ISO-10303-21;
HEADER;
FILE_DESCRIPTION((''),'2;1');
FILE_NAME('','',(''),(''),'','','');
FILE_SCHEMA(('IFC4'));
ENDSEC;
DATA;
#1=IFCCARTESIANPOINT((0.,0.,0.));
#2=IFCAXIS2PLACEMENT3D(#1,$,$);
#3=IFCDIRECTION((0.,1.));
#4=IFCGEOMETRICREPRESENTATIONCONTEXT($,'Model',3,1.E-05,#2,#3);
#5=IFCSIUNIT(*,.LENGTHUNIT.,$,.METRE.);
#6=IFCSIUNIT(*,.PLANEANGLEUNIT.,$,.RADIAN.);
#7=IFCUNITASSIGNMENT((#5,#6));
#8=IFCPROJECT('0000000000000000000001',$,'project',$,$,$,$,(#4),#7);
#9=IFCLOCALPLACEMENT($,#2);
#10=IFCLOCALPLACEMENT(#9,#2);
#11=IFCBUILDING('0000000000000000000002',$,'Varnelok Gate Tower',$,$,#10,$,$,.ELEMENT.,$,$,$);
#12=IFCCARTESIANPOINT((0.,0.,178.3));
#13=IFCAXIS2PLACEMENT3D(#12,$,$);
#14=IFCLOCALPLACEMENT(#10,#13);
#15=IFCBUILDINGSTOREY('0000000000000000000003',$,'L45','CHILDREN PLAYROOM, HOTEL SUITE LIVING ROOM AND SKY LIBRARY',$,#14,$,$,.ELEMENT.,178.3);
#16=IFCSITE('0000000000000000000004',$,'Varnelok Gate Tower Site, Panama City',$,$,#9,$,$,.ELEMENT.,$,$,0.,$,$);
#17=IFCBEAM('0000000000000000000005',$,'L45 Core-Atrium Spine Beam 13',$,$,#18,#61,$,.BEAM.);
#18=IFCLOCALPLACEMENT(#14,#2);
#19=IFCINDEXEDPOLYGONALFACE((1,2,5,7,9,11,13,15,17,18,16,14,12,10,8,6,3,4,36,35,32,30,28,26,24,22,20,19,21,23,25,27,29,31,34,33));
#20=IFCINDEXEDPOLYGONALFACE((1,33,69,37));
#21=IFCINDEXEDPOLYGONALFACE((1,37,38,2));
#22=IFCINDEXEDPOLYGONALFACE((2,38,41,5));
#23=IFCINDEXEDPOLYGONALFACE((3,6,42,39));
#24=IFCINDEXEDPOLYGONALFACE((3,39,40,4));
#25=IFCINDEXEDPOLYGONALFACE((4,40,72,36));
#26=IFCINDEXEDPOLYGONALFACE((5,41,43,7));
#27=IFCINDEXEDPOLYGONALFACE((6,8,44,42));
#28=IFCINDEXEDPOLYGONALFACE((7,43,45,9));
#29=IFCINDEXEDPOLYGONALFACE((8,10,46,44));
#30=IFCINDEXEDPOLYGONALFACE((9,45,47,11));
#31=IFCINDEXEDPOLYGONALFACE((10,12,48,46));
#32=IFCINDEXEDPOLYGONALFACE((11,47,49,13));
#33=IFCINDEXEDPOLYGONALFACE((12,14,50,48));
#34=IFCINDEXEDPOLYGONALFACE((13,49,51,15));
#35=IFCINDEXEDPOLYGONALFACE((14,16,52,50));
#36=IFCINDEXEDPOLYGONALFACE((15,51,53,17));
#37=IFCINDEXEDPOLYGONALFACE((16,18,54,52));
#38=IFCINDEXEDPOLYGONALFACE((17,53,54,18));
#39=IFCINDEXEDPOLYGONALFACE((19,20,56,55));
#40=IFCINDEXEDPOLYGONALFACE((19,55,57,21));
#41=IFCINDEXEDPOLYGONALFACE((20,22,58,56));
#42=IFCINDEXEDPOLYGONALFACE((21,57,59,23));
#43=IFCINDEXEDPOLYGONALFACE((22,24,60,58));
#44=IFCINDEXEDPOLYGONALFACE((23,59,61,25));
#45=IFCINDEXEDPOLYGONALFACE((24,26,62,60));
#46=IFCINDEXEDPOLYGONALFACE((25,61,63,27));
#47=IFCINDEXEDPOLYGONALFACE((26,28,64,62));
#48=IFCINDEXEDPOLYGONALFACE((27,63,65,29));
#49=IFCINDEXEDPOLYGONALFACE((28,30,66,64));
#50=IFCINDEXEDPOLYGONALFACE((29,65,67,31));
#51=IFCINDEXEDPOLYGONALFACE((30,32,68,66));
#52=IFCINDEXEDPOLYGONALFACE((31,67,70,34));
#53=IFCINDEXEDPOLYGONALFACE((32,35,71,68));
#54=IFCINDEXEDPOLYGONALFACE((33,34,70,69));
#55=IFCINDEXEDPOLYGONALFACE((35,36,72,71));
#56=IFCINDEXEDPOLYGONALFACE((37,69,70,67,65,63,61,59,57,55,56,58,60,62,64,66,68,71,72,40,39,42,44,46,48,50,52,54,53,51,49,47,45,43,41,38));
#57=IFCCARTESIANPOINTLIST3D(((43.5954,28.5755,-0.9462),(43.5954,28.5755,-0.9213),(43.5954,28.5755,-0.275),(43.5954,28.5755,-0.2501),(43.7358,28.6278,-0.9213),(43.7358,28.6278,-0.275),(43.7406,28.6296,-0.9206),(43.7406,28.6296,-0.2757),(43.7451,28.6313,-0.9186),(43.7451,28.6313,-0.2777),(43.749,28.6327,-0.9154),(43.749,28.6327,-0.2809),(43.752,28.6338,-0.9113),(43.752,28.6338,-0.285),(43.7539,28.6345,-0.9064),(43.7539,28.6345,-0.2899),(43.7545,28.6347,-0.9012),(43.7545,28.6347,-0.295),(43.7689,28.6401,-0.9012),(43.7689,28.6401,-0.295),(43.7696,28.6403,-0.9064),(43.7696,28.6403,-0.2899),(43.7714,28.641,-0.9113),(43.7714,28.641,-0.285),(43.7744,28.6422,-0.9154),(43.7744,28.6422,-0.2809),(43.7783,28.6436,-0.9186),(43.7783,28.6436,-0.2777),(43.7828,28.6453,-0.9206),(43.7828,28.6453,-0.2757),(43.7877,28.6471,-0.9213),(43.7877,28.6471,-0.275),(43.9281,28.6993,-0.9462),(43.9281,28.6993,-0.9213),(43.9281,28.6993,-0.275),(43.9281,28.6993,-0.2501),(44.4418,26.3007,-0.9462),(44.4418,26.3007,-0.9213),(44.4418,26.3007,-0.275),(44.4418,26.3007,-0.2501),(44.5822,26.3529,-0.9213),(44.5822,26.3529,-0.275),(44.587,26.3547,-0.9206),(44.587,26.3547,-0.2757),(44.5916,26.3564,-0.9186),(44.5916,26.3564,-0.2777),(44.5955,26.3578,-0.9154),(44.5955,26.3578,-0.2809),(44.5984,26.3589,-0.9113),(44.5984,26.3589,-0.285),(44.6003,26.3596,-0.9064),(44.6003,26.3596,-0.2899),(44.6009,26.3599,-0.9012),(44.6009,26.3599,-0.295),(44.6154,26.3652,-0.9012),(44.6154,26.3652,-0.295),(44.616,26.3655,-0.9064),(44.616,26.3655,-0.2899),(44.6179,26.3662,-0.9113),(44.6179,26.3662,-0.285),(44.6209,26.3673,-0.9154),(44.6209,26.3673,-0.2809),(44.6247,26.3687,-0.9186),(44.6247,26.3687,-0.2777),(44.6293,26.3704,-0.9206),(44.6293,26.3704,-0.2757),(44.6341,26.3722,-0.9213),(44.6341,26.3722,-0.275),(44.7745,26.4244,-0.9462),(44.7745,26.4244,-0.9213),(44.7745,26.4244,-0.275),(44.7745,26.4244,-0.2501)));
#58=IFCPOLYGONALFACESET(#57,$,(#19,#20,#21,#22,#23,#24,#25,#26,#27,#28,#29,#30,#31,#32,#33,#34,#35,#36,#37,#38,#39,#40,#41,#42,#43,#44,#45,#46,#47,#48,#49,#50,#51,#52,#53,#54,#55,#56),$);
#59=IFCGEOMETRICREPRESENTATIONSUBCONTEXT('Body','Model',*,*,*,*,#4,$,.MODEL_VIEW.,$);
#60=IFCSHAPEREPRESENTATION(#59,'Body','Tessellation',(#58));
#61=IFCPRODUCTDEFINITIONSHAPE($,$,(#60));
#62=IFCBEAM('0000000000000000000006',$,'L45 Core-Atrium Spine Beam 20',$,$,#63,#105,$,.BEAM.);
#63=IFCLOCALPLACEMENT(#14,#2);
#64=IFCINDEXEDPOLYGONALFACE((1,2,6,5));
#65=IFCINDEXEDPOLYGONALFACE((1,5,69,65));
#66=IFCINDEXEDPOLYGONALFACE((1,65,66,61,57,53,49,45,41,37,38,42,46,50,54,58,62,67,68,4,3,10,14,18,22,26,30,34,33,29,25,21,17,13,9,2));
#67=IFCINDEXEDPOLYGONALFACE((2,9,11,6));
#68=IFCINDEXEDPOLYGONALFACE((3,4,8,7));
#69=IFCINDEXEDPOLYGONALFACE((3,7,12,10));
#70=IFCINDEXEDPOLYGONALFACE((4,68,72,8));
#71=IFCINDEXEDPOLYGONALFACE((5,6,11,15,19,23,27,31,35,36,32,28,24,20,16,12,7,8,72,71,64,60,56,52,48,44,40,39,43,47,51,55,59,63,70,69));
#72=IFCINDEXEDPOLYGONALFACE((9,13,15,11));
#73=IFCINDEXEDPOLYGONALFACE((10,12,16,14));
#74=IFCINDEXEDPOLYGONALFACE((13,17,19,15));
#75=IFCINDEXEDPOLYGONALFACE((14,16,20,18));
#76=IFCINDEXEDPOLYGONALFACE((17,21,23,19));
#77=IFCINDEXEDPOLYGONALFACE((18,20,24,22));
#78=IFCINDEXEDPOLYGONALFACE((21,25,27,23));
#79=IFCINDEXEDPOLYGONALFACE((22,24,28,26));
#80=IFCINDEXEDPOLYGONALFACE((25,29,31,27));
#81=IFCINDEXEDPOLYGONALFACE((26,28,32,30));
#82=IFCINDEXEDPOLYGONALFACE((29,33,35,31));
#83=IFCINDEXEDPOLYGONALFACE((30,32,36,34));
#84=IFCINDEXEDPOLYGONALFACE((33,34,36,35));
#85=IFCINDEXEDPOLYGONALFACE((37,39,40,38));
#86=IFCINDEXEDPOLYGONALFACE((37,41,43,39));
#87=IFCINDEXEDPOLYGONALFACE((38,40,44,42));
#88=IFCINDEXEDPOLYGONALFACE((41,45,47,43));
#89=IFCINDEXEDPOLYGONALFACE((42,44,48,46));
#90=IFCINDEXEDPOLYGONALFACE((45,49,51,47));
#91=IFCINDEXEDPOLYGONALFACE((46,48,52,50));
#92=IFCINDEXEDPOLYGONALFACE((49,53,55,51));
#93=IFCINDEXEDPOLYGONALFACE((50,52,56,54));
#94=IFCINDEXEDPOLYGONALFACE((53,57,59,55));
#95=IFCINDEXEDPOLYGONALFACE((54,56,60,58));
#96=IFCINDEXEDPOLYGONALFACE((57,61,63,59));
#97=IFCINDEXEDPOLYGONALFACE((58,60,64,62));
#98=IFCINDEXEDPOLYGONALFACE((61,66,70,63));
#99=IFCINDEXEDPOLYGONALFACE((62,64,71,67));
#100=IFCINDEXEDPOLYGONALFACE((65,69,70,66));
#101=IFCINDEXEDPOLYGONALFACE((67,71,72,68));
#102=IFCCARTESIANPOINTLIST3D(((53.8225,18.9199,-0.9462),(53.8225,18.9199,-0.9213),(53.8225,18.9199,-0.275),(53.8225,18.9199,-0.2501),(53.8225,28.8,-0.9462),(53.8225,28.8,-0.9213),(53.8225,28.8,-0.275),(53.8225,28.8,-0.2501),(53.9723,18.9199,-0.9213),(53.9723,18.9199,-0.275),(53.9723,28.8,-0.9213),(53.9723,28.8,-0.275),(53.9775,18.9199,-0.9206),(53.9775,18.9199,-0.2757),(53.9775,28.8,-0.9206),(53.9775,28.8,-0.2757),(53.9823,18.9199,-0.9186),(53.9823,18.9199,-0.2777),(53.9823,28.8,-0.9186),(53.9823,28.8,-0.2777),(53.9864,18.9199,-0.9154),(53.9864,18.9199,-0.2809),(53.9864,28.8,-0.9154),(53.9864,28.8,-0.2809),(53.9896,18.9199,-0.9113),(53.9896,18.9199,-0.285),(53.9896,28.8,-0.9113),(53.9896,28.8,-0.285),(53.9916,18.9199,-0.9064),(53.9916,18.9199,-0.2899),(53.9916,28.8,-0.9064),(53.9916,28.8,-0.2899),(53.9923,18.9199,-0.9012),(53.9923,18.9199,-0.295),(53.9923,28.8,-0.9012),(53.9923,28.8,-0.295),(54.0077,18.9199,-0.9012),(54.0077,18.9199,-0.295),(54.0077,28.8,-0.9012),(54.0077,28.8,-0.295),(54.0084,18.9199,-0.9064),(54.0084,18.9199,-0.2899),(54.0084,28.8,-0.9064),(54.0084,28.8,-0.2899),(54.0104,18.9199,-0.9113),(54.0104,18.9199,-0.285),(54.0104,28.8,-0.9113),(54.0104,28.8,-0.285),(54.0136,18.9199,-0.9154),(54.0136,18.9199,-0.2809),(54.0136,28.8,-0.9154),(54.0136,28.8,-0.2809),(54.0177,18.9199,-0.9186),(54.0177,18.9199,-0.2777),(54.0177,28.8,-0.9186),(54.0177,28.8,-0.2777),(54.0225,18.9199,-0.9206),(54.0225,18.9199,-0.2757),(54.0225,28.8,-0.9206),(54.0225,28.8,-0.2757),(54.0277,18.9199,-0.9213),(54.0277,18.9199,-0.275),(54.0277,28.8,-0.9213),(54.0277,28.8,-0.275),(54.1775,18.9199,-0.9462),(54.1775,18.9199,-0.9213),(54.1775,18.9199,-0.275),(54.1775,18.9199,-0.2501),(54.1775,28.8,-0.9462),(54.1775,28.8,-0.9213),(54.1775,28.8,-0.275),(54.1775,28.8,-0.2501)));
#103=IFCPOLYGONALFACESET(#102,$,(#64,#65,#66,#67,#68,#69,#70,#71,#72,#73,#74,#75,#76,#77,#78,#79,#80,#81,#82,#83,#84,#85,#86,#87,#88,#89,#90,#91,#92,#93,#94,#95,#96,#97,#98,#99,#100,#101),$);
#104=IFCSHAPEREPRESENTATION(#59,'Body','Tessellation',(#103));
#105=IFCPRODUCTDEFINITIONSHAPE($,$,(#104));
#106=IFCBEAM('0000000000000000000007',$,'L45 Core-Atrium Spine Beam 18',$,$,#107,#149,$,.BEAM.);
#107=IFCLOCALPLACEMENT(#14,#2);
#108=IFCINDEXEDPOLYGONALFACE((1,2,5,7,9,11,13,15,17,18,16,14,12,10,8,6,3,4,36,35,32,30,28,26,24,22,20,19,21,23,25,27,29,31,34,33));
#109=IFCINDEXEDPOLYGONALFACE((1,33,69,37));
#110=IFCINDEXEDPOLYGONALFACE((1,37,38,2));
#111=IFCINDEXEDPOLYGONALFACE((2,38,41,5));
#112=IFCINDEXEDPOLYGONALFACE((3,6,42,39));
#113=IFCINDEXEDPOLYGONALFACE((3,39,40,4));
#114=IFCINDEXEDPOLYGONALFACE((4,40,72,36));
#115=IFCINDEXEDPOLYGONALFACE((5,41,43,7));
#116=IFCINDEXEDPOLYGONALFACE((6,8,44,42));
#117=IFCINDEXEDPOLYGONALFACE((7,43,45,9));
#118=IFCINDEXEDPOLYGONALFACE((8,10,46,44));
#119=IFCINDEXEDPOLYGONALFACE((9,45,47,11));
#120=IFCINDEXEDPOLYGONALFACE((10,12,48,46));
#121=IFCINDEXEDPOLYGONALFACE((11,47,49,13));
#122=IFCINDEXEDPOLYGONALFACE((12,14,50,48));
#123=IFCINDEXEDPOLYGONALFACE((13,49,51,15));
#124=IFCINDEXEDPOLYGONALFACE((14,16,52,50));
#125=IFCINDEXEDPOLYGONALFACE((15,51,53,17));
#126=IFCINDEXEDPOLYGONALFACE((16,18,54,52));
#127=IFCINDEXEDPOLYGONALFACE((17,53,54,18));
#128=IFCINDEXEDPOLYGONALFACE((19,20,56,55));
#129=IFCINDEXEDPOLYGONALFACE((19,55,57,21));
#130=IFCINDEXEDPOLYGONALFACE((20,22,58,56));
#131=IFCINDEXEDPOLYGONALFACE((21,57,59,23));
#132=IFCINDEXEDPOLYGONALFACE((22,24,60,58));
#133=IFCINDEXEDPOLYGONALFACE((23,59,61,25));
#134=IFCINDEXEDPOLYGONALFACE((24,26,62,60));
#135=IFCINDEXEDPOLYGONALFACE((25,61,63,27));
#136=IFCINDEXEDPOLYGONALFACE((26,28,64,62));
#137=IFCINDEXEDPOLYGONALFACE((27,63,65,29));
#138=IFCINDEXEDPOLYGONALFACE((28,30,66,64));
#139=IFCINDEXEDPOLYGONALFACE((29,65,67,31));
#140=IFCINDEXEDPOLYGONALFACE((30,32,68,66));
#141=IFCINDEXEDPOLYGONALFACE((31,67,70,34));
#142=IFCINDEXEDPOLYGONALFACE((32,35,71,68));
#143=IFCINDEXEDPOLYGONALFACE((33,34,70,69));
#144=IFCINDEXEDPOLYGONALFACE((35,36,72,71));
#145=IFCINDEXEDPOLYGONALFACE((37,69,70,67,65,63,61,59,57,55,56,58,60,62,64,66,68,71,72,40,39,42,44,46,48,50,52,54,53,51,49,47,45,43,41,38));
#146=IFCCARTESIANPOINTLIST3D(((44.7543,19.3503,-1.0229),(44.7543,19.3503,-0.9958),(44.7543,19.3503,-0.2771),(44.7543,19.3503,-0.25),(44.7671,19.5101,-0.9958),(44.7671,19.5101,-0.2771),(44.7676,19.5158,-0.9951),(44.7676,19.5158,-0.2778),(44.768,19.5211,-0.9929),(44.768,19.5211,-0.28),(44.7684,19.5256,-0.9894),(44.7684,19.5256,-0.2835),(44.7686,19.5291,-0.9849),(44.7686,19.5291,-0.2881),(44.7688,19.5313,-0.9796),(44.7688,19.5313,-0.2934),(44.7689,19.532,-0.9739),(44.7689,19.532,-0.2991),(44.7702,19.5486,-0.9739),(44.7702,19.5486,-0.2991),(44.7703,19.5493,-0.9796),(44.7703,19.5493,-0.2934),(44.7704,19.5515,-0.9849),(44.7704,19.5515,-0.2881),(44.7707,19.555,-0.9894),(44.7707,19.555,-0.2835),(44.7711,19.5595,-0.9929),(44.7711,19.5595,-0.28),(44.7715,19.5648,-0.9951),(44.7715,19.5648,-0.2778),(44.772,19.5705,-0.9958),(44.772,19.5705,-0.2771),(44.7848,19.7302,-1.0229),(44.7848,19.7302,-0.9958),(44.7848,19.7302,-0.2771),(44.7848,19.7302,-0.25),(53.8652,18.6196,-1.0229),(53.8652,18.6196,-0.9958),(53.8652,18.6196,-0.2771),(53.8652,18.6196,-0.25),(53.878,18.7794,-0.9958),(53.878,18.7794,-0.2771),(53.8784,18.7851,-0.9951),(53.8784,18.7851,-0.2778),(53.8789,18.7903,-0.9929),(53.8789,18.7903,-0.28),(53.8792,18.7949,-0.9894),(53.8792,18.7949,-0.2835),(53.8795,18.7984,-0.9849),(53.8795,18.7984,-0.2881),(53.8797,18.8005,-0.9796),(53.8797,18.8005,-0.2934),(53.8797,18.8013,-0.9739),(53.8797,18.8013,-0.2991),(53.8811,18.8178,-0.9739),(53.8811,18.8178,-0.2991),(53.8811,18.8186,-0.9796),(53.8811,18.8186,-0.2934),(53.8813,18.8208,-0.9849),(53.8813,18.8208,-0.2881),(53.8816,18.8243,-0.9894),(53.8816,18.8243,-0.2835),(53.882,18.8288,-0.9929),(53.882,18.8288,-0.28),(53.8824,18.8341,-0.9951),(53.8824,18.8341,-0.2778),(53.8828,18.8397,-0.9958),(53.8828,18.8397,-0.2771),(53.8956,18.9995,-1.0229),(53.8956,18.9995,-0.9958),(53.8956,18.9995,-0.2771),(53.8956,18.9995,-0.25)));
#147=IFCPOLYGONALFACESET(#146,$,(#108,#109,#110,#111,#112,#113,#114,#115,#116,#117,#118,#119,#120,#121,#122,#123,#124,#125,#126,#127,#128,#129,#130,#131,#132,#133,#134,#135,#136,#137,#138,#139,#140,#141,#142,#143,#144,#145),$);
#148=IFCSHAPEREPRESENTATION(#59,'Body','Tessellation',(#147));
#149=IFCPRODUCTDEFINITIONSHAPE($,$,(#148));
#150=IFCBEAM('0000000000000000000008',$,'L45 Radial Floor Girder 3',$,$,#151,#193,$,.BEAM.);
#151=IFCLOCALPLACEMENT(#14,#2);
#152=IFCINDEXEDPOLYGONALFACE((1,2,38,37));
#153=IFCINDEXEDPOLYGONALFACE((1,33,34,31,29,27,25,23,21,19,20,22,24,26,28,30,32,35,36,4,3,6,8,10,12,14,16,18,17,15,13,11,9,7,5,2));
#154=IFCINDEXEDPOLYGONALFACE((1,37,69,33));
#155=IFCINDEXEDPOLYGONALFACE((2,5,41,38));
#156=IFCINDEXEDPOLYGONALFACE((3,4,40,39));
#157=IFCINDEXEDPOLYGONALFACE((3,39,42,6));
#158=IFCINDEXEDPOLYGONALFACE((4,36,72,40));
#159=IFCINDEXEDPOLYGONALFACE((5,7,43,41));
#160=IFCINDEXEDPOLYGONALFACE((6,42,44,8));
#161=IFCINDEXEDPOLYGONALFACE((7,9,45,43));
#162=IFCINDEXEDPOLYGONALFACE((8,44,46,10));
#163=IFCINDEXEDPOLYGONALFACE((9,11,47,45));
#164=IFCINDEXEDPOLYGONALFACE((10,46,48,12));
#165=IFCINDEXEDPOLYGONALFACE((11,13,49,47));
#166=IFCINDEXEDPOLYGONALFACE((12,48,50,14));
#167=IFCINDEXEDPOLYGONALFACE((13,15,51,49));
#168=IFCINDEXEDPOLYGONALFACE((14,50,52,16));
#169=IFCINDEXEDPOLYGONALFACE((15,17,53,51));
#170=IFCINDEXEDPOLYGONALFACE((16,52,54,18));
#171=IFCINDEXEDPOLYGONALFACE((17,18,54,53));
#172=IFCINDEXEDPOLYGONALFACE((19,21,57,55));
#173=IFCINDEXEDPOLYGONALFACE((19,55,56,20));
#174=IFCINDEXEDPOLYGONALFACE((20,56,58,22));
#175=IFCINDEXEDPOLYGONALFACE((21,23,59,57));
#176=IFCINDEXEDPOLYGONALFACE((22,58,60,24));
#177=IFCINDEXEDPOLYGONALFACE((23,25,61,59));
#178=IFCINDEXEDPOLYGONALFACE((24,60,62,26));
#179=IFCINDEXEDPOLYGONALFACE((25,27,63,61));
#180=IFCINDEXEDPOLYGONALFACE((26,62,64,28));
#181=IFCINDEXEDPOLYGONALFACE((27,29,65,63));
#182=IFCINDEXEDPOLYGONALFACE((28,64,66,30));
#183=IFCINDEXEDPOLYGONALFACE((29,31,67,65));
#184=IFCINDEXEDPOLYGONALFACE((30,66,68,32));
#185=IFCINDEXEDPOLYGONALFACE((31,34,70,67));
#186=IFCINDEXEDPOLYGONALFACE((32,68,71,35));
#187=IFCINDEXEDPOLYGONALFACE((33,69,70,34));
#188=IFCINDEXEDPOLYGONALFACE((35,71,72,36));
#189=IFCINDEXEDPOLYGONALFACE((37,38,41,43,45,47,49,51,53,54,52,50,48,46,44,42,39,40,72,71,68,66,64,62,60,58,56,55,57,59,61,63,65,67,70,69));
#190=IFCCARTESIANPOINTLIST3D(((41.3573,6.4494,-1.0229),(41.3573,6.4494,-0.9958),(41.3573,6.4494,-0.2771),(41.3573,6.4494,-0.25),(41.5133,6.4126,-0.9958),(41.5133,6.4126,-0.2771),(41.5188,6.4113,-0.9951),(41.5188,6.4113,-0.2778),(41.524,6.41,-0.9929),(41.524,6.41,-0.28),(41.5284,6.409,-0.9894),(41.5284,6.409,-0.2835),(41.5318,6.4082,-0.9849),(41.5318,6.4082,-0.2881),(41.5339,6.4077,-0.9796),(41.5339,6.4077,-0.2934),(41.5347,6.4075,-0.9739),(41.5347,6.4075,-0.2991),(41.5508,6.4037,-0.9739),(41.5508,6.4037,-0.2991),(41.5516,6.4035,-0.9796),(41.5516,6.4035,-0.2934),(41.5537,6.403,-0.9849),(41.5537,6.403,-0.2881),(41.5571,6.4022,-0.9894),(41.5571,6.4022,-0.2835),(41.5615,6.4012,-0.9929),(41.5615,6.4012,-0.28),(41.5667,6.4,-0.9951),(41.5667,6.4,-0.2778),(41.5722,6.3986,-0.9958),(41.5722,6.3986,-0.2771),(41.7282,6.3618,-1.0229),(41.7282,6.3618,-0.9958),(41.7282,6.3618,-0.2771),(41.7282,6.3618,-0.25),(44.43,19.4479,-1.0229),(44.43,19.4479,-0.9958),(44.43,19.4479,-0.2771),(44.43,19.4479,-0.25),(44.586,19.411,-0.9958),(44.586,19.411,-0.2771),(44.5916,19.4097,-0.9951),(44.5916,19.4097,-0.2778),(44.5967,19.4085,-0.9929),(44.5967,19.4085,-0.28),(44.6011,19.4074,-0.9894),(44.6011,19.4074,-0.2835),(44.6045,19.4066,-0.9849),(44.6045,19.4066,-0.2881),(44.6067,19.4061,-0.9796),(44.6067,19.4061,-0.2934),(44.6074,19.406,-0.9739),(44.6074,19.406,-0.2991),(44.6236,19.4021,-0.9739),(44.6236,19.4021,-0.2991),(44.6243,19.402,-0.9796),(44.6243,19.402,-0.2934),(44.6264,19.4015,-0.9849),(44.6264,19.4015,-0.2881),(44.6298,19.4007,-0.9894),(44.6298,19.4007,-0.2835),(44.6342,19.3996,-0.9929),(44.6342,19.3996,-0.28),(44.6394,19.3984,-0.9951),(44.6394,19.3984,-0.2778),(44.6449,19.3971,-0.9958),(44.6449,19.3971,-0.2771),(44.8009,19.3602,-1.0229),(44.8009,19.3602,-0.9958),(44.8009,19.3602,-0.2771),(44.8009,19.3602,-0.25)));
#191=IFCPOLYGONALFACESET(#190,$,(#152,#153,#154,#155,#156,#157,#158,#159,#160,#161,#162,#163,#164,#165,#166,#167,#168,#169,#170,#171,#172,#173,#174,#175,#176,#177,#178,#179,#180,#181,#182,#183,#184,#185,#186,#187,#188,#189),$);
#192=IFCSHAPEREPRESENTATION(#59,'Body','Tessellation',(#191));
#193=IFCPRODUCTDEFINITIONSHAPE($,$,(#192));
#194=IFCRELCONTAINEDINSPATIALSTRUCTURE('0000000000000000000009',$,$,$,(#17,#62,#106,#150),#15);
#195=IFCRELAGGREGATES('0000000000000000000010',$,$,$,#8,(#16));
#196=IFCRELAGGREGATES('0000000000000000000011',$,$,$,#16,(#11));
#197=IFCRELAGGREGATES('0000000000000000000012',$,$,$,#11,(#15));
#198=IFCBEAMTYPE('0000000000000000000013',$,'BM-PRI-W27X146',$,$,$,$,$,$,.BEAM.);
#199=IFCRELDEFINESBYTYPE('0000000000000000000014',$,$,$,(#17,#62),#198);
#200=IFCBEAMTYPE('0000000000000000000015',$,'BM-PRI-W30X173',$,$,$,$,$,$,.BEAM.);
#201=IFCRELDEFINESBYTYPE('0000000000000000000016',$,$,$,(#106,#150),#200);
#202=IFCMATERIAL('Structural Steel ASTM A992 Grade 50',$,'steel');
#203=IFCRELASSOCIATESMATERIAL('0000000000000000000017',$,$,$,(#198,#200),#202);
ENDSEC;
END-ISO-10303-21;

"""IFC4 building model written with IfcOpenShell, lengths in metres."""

from ifc_helpers import new_model, si_unit, direction, frame, origin, origin_2d, place, context, subcontext, project, spatial, i_section, extrude, material, material_profile, profile_set, type_object, element, save


model = new_model("IFC4")

# Units and contexts
model_context = context("Model", 3, precision=1e-05, world=origin(), true_north=direction((0.0, 1.0)))
body_context = subcontext(model_context, "Body", "Model", "MODEL_VIEW")
ifc_project = project(units=[si_unit("LENGTHUNIT", "METRE"), si_unit("PLANEANGLEUNIT", "RADIAN")], contexts=[model_context])

# Site, building, storey
site_placement = place(None, origin())
site = spatial("IfcSite", under=ifc_project, at=site_placement, Name="Varnelok Gate Tower Site, Panama City", CompositionType="ELEMENT", RefElevation=0.0)
building_placement = place(site_placement, origin())
building = spatial("IfcBuilding", under=site, at=building_placement, Name="Varnelok Gate Tower", CompositionType="ELEMENT")
storey_placement = place(building_placement, frame((0.0, 0.0, 178.3)))
storey = spatial("IfcBuildingStorey", under=building, at=storey_placement, Name="L45", Description="CHILDREN PLAYROOM, HOTEL SUITE LIVING ROOM AND SKY LIBRARY", CompositionType="ELEMENT", Elevation=178.3)

# Shared definitions
ifc_material_1 = material(Name="Structural Steel ASTM A992 Grade 50", Category="steel")

# Beams
ifc_material_profile_1 = material_profile(ifc_material_1, i_section(OverallWidth=0.355, OverallDepth=0.696, WebThickness=0.0154, FlangeThickness=0.0249, FilletRadius=0.02, at=origin_2d()), Name="W27X146")
ifc_profile_set_1 = profile_set([ifc_material_profile_1], Name="Structural Steel ASTM A992 Grade 50")
beam_type_1 = type_object("IfcBeamType", Name="BM-PRI-W27X146", PredefinedType="BEAM", material=ifc_profile_set_1)
beam_1_placement = place(storey_placement, frame((44.6082, 26.3625, -0.5981), z_axis=(-0.348719, 0.937227, 0.0), x_axis=(-0.937227, -0.348719, 0.0)))
element("IfcBeam", 1, at=beam_1_placement, inside=storey, type_object=beam_type_1, Name="L45 Core-Atrium Spine Beam 13", PredefinedType="BEAM", context=body_context, shape_type="SweptSolid", body=[
    extrude(i_section(OverallWidth=0.355, OverallDepth=0.696, WebThickness=0.0154, FlangeThickness=0.0249, FilletRadius=0.02, at=origin_2d()), origin(), (0.0, 0.0, 1.0), 2.4272),
])
beam_2_placement = place(storey_placement, frame((54.0, 18.9199, -0.5981), z_axis=(0.0, 1.0, 0.0), x_axis=(-1.0, 0.0, 0.0)))
element("IfcBeam", 2, at=beam_2_placement, inside=storey, type_object=beam_type_1, Name="L45 Core-Atrium Spine Beam 20", PredefinedType="BEAM", context=body_context, shape_type="SweptSolid", body=[
    extrude(i_section(OverallWidth=0.355, OverallDepth=0.696, WebThickness=0.0154, FlangeThickness=0.0249, FilletRadius=0.02, at=origin_2d()), origin(), (0.0, 0.0, 1.0), 9.8801),
])
ifc_material_profile_2 = material_profile(ifc_material_1, i_section(OverallWidth=0.3811, OverallDepth=0.7729, WebThickness=0.0166, FlangeThickness=0.0271, FilletRadius=0.022, at=origin_2d()), Name="W30X173")
ifc_profile_set_2 = profile_set([ifc_material_profile_2], Name="Structural Steel ASTM A992 Grade 50")
beam_type_2 = type_object("IfcBeamType", Name="BM-PRI-W30X173", PredefinedType="BEAM", material=ifc_profile_set_2)
beam_3_placement = place(storey_placement, frame((44.7695, 19.5403, -0.6365), z_axis=(0.996799, -0.079946, 0.0), x_axis=(0.079946, 0.996799, 0.0)))
element("IfcBeam", 3, at=beam_3_placement, inside=storey, type_object=beam_type_2, Name="L45 Core-Atrium Spine Beam 18", PredefinedType="BEAM", context=body_context, shape_type="SweptSolid", body=[
    extrude(i_section(OverallWidth=0.3811, OverallDepth=0.7729, WebThickness=0.0166, FlangeThickness=0.0271, FilletRadius=0.022, at=origin_2d()), origin(), (0.0, 0.0, 1.0), 9.1401),
])
beam_4_placement = place(storey_placement, frame((44.6155, 19.4041, -0.6365), z_axis=(-0.230052, -0.973178, 0.0), x_axis=(0.973178, -0.230052, 0.0)))
element("IfcBeam", 4, at=beam_4_placement, inside=storey, type_object=beam_type_2, Name="L45 Radial Floor Girder 3", PredefinedType="BEAM", context=body_context, shape_type="SweptSolid", body=[
    extrude(i_section(OverallWidth=0.3811, OverallDepth=0.7729, WebThickness=0.0166, FlangeThickness=0.0271, FilletRadius=0.022, at=origin_2d()), origin(), (0.0, 0.0, 1.0), 13.3567),
])

save(model, "model.ifc")
